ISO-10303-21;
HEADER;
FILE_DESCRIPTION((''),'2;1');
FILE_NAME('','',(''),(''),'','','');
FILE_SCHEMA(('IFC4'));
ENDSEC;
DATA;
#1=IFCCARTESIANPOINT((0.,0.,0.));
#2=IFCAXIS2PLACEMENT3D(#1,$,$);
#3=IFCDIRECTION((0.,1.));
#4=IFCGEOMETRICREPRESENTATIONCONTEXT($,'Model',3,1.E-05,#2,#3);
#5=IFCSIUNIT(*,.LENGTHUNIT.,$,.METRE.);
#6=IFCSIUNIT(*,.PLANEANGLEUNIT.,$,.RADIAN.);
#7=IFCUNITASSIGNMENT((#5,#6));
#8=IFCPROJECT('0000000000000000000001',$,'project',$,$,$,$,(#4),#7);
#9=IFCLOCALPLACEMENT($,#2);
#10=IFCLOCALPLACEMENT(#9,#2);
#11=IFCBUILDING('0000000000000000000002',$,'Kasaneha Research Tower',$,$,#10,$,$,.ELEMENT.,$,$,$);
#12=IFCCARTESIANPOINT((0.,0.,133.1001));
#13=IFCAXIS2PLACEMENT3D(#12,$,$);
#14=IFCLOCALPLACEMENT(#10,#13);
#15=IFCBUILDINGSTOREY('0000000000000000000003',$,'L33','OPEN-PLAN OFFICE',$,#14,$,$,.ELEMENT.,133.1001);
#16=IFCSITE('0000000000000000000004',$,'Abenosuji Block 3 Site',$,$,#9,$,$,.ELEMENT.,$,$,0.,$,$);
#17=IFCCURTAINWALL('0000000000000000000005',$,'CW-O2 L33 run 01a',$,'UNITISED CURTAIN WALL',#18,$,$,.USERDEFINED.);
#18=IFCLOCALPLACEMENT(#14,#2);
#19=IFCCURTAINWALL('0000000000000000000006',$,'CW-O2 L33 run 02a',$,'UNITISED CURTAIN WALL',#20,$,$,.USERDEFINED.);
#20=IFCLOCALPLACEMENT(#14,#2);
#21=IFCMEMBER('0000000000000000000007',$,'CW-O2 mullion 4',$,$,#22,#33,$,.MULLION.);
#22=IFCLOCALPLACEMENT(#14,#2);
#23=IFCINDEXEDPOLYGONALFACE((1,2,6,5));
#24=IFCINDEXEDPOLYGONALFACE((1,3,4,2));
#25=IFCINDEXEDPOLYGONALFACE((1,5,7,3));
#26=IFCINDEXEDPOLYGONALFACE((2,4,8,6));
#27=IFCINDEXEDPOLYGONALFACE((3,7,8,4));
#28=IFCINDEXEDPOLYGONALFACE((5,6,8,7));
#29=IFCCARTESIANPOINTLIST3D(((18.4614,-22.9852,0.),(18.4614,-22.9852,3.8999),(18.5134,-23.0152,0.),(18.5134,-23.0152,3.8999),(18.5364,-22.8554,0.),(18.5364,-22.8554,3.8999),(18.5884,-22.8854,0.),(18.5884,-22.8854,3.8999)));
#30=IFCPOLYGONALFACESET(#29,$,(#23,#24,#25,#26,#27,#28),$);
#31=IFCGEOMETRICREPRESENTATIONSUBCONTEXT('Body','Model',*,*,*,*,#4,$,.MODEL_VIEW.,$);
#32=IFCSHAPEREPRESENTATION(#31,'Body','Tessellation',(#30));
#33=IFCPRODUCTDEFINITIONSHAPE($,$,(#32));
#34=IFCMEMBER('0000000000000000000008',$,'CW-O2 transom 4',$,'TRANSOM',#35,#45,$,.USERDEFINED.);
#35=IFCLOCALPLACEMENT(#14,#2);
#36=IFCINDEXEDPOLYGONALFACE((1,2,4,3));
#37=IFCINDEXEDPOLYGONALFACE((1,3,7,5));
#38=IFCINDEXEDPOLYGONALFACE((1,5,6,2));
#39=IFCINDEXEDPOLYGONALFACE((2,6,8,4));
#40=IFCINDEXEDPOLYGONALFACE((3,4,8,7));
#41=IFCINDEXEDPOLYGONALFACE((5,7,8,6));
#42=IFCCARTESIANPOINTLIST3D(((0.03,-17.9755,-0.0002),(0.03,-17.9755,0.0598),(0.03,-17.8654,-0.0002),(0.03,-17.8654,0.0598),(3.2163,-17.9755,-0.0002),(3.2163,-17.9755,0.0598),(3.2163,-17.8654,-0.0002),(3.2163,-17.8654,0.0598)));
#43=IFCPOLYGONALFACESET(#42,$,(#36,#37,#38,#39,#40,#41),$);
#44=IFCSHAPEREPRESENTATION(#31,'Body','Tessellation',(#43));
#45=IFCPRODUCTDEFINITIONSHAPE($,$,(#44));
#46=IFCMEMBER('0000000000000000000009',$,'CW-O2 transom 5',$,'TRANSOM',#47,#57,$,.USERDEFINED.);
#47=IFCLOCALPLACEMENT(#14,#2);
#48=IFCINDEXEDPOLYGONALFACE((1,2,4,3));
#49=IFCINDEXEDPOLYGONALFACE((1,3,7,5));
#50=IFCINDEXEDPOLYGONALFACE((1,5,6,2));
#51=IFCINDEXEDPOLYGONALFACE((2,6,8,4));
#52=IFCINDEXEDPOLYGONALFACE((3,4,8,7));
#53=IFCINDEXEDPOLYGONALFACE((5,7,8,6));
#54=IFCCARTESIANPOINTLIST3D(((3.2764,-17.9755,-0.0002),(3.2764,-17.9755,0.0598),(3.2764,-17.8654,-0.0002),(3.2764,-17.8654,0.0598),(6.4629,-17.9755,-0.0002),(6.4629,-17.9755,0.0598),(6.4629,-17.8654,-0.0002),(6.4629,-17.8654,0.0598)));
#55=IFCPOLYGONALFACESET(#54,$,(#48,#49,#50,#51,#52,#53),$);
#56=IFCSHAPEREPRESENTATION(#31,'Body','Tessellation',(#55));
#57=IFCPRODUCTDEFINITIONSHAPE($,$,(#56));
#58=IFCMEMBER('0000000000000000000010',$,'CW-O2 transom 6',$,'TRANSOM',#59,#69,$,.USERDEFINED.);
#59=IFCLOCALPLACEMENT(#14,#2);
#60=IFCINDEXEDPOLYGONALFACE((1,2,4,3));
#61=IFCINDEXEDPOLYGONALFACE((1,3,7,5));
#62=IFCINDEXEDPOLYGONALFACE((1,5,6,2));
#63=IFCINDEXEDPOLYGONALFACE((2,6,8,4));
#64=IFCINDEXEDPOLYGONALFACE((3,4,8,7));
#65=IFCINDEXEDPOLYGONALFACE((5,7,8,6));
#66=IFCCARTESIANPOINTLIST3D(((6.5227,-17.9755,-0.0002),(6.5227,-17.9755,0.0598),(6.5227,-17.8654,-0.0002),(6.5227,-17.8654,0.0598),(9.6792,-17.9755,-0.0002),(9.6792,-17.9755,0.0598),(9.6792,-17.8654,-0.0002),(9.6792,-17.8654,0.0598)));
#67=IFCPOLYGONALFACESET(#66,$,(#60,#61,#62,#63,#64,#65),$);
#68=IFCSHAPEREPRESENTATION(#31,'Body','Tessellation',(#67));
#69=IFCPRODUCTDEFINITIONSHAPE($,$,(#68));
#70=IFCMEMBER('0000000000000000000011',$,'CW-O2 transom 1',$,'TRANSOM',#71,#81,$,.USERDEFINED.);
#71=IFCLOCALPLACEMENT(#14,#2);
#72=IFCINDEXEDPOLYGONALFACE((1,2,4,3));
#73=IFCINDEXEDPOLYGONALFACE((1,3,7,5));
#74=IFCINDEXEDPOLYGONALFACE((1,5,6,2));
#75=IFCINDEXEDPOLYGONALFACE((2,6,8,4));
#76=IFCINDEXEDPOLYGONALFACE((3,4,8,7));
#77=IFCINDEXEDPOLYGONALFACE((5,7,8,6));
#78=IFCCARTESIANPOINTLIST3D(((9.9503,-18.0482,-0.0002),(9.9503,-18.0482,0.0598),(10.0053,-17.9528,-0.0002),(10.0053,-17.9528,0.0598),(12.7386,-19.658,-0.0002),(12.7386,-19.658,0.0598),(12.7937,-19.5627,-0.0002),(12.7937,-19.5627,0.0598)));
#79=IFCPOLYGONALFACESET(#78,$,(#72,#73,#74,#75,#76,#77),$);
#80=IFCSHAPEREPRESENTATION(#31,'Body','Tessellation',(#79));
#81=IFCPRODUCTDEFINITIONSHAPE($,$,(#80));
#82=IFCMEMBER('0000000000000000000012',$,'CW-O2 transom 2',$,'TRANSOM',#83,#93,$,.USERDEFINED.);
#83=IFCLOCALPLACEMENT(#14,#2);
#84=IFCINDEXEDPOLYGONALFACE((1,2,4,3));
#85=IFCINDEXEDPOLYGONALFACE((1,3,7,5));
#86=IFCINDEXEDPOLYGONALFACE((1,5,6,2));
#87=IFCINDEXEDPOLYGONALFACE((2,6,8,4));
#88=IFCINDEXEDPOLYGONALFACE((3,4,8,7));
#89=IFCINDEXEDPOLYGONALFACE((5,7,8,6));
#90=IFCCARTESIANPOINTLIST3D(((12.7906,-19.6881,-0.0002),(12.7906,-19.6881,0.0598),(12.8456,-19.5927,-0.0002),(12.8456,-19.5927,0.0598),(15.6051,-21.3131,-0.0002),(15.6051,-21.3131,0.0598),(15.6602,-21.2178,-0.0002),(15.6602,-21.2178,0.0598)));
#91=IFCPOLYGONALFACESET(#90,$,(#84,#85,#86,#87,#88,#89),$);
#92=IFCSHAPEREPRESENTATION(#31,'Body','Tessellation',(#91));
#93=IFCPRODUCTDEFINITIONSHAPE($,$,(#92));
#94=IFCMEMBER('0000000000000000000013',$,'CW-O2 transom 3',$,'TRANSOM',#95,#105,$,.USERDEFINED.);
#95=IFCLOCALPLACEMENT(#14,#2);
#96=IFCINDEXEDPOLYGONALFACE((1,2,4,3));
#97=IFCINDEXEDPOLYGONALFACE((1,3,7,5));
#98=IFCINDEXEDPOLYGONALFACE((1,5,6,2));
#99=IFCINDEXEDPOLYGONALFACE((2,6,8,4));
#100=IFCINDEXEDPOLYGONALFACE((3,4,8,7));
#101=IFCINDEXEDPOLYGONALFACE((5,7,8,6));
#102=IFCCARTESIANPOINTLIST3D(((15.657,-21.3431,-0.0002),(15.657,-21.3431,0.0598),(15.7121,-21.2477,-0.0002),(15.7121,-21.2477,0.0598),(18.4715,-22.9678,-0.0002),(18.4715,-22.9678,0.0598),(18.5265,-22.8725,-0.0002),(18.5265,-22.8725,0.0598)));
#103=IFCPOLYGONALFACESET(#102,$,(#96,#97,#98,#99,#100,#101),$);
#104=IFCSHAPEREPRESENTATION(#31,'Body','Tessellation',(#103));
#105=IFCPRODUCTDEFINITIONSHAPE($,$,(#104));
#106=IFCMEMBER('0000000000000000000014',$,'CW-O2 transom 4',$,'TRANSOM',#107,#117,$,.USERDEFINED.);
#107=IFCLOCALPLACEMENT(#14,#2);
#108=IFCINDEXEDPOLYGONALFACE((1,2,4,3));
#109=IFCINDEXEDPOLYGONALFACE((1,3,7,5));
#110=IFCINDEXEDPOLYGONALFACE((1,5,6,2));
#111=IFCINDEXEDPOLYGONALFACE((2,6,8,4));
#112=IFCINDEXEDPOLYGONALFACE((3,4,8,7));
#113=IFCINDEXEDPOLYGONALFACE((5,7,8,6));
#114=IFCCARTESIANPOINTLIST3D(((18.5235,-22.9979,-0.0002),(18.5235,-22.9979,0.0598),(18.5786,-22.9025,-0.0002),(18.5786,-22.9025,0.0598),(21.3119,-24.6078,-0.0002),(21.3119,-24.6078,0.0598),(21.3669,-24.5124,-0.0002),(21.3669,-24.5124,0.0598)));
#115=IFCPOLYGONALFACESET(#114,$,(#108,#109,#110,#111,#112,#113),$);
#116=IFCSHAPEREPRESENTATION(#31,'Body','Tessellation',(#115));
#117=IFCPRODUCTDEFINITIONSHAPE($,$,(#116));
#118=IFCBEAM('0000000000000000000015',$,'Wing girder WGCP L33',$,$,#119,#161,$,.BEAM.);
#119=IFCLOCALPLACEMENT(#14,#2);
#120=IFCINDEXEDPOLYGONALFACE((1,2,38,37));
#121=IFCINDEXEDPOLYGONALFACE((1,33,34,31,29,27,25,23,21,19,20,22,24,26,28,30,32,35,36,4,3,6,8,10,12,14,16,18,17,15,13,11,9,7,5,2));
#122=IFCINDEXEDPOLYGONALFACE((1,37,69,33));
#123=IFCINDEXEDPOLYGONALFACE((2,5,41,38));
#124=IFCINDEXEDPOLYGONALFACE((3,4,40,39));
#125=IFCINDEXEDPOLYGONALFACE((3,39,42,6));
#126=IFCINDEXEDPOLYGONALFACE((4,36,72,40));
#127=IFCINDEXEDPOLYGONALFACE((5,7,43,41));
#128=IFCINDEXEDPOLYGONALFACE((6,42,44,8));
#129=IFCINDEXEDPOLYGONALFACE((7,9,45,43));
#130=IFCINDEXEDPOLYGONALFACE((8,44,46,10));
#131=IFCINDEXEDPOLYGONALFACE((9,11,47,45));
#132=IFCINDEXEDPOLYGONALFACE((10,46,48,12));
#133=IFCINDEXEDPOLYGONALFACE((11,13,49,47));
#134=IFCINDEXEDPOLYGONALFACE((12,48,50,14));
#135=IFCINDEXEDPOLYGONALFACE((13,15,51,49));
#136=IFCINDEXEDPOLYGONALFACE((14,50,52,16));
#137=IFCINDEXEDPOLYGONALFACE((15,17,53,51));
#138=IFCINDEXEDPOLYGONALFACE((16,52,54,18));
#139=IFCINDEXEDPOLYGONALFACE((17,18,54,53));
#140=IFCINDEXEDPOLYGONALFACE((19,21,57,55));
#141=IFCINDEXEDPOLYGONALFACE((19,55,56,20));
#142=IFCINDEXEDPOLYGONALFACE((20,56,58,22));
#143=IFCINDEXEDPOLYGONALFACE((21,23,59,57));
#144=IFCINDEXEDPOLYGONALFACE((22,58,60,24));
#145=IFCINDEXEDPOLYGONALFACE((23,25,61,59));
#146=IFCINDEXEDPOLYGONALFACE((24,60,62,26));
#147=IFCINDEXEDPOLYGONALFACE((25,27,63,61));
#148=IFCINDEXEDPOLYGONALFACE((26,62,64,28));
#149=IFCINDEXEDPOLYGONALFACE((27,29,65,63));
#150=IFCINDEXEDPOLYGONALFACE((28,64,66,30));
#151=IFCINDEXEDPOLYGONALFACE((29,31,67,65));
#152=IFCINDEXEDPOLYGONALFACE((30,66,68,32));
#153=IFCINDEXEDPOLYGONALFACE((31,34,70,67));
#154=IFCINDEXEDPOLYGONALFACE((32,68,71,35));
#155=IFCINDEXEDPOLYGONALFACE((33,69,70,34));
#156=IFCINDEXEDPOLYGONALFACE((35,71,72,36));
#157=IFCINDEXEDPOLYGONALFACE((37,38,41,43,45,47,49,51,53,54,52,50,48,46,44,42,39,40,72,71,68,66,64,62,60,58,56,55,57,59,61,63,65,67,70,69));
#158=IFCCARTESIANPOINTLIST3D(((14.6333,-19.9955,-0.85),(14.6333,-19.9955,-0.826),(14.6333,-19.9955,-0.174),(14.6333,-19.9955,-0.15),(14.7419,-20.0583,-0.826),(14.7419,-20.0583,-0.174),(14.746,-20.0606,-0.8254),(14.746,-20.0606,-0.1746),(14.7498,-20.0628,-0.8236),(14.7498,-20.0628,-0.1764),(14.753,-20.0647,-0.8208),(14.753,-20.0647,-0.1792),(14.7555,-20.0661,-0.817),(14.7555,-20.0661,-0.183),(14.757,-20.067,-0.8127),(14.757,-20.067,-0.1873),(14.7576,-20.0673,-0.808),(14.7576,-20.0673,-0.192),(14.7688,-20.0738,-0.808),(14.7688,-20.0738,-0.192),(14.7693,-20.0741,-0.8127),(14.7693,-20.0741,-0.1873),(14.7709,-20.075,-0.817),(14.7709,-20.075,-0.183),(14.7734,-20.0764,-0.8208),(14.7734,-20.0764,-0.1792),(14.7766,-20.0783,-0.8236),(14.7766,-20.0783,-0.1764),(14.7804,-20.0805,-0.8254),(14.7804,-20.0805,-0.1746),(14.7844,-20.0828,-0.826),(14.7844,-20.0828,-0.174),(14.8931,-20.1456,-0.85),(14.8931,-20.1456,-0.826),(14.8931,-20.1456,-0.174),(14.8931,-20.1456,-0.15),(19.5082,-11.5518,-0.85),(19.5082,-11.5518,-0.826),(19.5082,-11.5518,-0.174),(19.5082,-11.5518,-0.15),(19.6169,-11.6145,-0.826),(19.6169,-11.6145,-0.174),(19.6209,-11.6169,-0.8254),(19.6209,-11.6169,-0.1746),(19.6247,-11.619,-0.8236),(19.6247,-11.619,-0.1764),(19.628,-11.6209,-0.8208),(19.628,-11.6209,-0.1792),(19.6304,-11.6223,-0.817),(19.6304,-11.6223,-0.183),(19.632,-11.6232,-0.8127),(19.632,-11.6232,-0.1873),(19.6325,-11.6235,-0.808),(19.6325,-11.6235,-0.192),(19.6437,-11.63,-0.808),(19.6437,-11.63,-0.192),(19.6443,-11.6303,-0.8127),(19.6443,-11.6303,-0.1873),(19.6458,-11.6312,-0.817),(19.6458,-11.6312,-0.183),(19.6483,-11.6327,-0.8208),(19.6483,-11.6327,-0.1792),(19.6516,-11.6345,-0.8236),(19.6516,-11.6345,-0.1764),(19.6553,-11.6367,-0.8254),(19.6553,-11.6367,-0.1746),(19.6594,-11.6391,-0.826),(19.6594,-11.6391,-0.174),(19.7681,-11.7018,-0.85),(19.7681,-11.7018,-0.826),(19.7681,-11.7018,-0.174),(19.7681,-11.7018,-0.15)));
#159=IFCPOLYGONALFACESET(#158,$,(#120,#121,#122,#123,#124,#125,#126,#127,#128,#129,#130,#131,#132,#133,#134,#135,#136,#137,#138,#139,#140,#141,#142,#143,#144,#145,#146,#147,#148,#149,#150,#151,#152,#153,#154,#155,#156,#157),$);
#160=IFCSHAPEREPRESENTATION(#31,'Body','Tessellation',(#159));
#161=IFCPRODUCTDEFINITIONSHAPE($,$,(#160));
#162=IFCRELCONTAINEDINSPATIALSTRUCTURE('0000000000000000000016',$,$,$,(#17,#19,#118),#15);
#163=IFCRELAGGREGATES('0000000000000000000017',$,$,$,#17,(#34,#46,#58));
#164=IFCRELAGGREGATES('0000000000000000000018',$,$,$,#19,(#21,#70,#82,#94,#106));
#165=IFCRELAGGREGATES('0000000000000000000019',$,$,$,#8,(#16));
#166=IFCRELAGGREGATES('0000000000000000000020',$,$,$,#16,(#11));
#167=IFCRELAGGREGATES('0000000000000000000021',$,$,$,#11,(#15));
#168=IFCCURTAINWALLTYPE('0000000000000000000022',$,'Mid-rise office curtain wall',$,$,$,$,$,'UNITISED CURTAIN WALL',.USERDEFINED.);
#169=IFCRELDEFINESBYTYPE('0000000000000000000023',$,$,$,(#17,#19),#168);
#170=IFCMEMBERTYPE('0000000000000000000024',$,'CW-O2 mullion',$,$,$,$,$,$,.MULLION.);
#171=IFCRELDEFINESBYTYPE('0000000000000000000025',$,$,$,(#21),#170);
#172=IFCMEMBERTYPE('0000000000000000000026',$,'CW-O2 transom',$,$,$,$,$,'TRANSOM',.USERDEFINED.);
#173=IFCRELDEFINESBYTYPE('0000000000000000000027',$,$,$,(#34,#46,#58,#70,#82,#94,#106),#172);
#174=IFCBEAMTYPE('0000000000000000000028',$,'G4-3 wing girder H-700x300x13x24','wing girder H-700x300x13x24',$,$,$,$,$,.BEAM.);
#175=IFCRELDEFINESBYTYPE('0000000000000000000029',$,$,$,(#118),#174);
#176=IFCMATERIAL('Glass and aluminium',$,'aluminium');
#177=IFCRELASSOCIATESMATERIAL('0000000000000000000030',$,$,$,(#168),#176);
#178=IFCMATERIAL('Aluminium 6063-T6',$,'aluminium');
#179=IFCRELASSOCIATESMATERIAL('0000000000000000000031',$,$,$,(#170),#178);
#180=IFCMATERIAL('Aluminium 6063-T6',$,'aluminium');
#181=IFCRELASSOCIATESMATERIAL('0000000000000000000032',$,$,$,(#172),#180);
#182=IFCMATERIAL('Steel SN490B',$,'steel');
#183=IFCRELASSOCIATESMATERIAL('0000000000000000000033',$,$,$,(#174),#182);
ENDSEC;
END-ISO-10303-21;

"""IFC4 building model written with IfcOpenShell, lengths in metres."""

from ifc_helpers import new_model, si_unit, direction, frame, origin, origin_2d, place, context, subcontext, project, spatial, rectangle, i_section, extrude, material, material_profile, profile_set, type_object, element, aggregate, save


model = new_model("IFC4")

# Units and contexts
model_context = context("Model", 3, precision=1e-05, world=origin(), true_north=direction((0.0, 1.0)))
body_context = subcontext(model_context, "Body", "Model", "MODEL_VIEW")
ifc_project = project(units=[si_unit("LENGTHUNIT", "METRE"), si_unit("PLANEANGLEUNIT", "RADIAN")], contexts=[model_context])

# Site, building, storey
site_placement = place(None, origin())
site = spatial("IfcSite", under=ifc_project, at=site_placement, Name="Abenosuji Block 3 Site", CompositionType="ELEMENT", RefElevation=0.0)
building_placement = place(site_placement, origin())
building = spatial("IfcBuilding", under=site, at=building_placement, Name="Kasaneha Research Tower", CompositionType="ELEMENT")
storey_placement = place(building_placement, frame((0.0, 0.0, 133.1001)))
storey = spatial("IfcBuildingStorey", under=building, at=storey_placement, Name="L33", Description="OPEN-PLAN OFFICE", CompositionType="ELEMENT", Elevation=133.1001)

# Curtain walls, member
ifc_material_1 = material(Name="Glass and aluminium", Category="aluminium")
curtain_wall_type = type_object("IfcCurtainWallType", Name="Mid-rise office curtain wall", ElementType="UNITISED CURTAIN WALL", PredefinedType="USERDEFINED", material=ifc_material_1)
curtain_wall_1_placement = place(storey_placement, origin())
curtain_wall_1 = element("IfcCurtainWall", 1, at=curtain_wall_1_placement, inside=storey, type_object=curtain_wall_type, Name="CW-O2 L33 run 01a", ObjectType="UNITISED CURTAIN WALL", PredefinedType="USERDEFINED")
ifc_material_2 = material(Name="Aluminium 6063-T6", Category="aluminium")
ifc_material_profile_1 = material_profile(ifc_material_2, rectangle(XDim=0.0601, YDim=0.1499, at=origin_2d()), Name="CW-O2 mullion 60x150")
ifc_profile_set_1 = profile_set([ifc_material_profile_1], Name="Aluminium 6063-T6")
member_type_1 = type_object("IfcMemberType", Name="CW-O2 mullion", PredefinedType="MULLION", material=ifc_profile_set_1)
curtain_wall_2_placement = place(storey_placement, origin())
curtain_wall_2 = element("IfcCurtainWall", 2, at=curtain_wall_2_placement, inside=storey, type_object=curtain_wall_type, Name="CW-O2 L33 run 02a", ObjectType="UNITISED CURTAIN WALL", PredefinedType="USERDEFINED")
member_1_placement = place(storey_placement, frame((18.5249, -22.9353, 0.0), z_axis=(0.0, 0.0, 1.0), x_axis=(0.866025, -0.5, 0.0)))
member_1 = element("IfcMember", 3, at=member_1_placement, type_object=member_type_1, Name="CW-O2 mullion 4", PredefinedType="MULLION", context=body_context, shape_type="SweptSolid", body=[
    extrude(rectangle(XDim=0.0601, YDim=0.1499, at=origin_2d()), origin(), (0.0, 0.0, 1.0), 3.8999),
])

# Members
ifc_material_3 = material(Name="Aluminium 6063-T6", Category="aluminium")
ifc_material_profile_2 = material_profile(ifc_material_3, rectangle(XDim=0.1101, YDim=0.0601, at=origin_2d()), Name="CW-O2 transom 110x60")
ifc_profile_set_2 = profile_set([ifc_material_profile_2], Name="Aluminium 6063-T6")
member_type_2 = type_object("IfcMemberType", Name="CW-O2 transom", ElementType="TRANSOM", PredefinedType="USERDEFINED", material=ifc_profile_set_2)
member_2_placement = place(storey_placement, frame((0.03, -17.9204, 0.0298), z_axis=(1.0, 0.0, 0.0), x_axis=(0.0, 1.0, 0.0)))
member_2 = element("IfcMember", 4, at=member_2_placement, type_object=member_type_2, Name="CW-O2 transom 4", ObjectType="TRANSOM", PredefinedType="USERDEFINED", context=body_context, shape_type="SweptSolid", body=[
    extrude(rectangle(XDim=0.1101, YDim=0.0601, at=origin_2d()), origin(), (0.0, 0.0, 1.0), 3.1863),
])
member_3_placement = place(storey_placement, frame((3.2764, -17.9204, 0.0298), z_axis=(1.0, 0.0, 0.0), x_axis=(0.0, 1.0, 0.0)))
member_3 = element("IfcMember", 5, at=member_3_placement, type_object=member_type_2, Name="CW-O2 transom 5", ObjectType="TRANSOM", PredefinedType="USERDEFINED", context=body_context, shape_type="SweptSolid", body=[
    extrude(rectangle(XDim=0.1101, YDim=0.0601, at=origin_2d()), origin(), (0.0, 0.0, 1.0), 3.1865),
])
member_4_placement = place(storey_placement, frame((6.5227, -17.9204, 0.0298), z_axis=(1.0, 0.0, 0.0), x_axis=(0.0, 1.0, 0.0)))
member_4 = element("IfcMember", 6, at=member_4_placement, type_object=member_type_2, Name="CW-O2 transom 6", ObjectType="TRANSOM", PredefinedType="USERDEFINED", context=body_context, shape_type="SweptSolid", body=[
    extrude(rectangle(XDim=0.1101, YDim=0.0601, at=origin_2d()), origin(), (0.0, 0.0, 1.0), 3.1565),
])
member_5_placement = place(storey_placement, frame((9.9778, -18.0005, 0.0298), z_axis=(0.866023, -0.500005, 0.0), x_axis=(0.500005, 0.866023, 0.0)))
member_5 = element("IfcMember", 7, at=member_5_placement, type_object=member_type_2, Name="CW-O2 transom 1", ObjectType="TRANSOM", PredefinedType="USERDEFINED", context=body_context, shape_type="SweptSolid", body=[
    extrude(rectangle(XDim=0.1101, YDim=0.0601, at=origin_2d()), origin(), (0.0, 0.0, 1.0), 3.2197),
])
member_6_placement = place(storey_placement, frame((12.8181, -19.6404, 0.0298), z_axis=(0.866015, -0.500017, 0.0), x_axis=(0.500017, 0.866015, 0.0)))
member_6 = element("IfcMember", 8, at=member_6_placement, type_object=member_type_2, Name="CW-O2 transom 2", ObjectType="TRANSOM", PredefinedType="USERDEFINED", context=body_context, shape_type="SweptSolid", body=[
    extrude(rectangle(XDim=0.1101, YDim=0.0601, at=origin_2d()), origin(), (0.0, 0.0, 1.0), 3.25),
])
member_7_placement = place(storey_placement, frame((15.6846, -21.2954, 0.0298), z_axis=(0.866048, -0.499961, 0.0), x_axis=(0.499961, 0.866048, 0.0)))
member_7 = element("IfcMember", 9, at=member_7_placement, type_object=member_type_2, Name="CW-O2 transom 3", ObjectType="TRANSOM", PredefinedType="USERDEFINED", context=body_context, shape_type="SweptSolid", body=[
    extrude(rectangle(XDim=0.1101, YDim=0.0601, at=origin_2d()), origin(), (0.0, 0.0, 1.0), 3.2498),
])
member_8_placement = place(storey_placement, frame((18.551, -22.9502, 0.0298), z_axis=(0.866023, -0.500005, 0.0), x_axis=(0.500005, 0.866023, 0.0)))
member_8 = element("IfcMember", 10, at=member_8_placement, type_object=member_type_2, Name="CW-O2 transom 4", ObjectType="TRANSOM", PredefinedType="USERDEFINED", context=body_context, shape_type="SweptSolid", body=[
    extrude(rectangle(XDim=0.1101, YDim=0.0601, at=origin_2d()), origin(), (0.0, 0.0, 1.0), 3.2197),
])

# Beam
ifc_material_4 = material(Name="Steel SN490B", Category="steel")
ifc_material_profile_3 = material_profile(ifc_material_4, i_section(OverallWidth=0.3, OverallDepth=0.7, WebThickness=0.0129, FlangeThickness=0.0239, FilletRadius=0.0181, at=origin_2d()), Name="H-700x300x13x24")
ifc_profile_set_3 = profile_set([ifc_material_profile_3], Name="Steel SN490B")
beam_type_1 = type_object("IfcBeamType", Name="G4-3 wing girder H-700x300x13x24", Description="wing girder H-700x300x13x24", PredefinedType="BEAM", material=ifc_profile_set_3)
beam_1_placement = place(storey_placement, frame((14.7632, -20.0706, -0.5), z_axis=(0.499996, 0.866028, 0.0), x_axis=(-0.866028, 0.499996, 0.0)))
element("IfcBeam", 11, at=beam_1_placement, inside=storey, type_object=beam_type_1, Name="Wing girder WGCP L33", PredefinedType="BEAM", context=body_context, shape_type="SweptSolid", body=[
    extrude(i_section(OverallWidth=0.3, OverallDepth=0.7, WebThickness=0.0129, FlangeThickness=0.0239, FilletRadius=0.0181, at=origin_2d()), origin(), (0.0, 0.0, 1.0), 9.75),
])

aggregate(curtain_wall_1, [member_2, member_3, member_4])
aggregate(curtain_wall_2, [member_1, member_5, member_6, member_7, member_8])

save(model, "model.ifc")
